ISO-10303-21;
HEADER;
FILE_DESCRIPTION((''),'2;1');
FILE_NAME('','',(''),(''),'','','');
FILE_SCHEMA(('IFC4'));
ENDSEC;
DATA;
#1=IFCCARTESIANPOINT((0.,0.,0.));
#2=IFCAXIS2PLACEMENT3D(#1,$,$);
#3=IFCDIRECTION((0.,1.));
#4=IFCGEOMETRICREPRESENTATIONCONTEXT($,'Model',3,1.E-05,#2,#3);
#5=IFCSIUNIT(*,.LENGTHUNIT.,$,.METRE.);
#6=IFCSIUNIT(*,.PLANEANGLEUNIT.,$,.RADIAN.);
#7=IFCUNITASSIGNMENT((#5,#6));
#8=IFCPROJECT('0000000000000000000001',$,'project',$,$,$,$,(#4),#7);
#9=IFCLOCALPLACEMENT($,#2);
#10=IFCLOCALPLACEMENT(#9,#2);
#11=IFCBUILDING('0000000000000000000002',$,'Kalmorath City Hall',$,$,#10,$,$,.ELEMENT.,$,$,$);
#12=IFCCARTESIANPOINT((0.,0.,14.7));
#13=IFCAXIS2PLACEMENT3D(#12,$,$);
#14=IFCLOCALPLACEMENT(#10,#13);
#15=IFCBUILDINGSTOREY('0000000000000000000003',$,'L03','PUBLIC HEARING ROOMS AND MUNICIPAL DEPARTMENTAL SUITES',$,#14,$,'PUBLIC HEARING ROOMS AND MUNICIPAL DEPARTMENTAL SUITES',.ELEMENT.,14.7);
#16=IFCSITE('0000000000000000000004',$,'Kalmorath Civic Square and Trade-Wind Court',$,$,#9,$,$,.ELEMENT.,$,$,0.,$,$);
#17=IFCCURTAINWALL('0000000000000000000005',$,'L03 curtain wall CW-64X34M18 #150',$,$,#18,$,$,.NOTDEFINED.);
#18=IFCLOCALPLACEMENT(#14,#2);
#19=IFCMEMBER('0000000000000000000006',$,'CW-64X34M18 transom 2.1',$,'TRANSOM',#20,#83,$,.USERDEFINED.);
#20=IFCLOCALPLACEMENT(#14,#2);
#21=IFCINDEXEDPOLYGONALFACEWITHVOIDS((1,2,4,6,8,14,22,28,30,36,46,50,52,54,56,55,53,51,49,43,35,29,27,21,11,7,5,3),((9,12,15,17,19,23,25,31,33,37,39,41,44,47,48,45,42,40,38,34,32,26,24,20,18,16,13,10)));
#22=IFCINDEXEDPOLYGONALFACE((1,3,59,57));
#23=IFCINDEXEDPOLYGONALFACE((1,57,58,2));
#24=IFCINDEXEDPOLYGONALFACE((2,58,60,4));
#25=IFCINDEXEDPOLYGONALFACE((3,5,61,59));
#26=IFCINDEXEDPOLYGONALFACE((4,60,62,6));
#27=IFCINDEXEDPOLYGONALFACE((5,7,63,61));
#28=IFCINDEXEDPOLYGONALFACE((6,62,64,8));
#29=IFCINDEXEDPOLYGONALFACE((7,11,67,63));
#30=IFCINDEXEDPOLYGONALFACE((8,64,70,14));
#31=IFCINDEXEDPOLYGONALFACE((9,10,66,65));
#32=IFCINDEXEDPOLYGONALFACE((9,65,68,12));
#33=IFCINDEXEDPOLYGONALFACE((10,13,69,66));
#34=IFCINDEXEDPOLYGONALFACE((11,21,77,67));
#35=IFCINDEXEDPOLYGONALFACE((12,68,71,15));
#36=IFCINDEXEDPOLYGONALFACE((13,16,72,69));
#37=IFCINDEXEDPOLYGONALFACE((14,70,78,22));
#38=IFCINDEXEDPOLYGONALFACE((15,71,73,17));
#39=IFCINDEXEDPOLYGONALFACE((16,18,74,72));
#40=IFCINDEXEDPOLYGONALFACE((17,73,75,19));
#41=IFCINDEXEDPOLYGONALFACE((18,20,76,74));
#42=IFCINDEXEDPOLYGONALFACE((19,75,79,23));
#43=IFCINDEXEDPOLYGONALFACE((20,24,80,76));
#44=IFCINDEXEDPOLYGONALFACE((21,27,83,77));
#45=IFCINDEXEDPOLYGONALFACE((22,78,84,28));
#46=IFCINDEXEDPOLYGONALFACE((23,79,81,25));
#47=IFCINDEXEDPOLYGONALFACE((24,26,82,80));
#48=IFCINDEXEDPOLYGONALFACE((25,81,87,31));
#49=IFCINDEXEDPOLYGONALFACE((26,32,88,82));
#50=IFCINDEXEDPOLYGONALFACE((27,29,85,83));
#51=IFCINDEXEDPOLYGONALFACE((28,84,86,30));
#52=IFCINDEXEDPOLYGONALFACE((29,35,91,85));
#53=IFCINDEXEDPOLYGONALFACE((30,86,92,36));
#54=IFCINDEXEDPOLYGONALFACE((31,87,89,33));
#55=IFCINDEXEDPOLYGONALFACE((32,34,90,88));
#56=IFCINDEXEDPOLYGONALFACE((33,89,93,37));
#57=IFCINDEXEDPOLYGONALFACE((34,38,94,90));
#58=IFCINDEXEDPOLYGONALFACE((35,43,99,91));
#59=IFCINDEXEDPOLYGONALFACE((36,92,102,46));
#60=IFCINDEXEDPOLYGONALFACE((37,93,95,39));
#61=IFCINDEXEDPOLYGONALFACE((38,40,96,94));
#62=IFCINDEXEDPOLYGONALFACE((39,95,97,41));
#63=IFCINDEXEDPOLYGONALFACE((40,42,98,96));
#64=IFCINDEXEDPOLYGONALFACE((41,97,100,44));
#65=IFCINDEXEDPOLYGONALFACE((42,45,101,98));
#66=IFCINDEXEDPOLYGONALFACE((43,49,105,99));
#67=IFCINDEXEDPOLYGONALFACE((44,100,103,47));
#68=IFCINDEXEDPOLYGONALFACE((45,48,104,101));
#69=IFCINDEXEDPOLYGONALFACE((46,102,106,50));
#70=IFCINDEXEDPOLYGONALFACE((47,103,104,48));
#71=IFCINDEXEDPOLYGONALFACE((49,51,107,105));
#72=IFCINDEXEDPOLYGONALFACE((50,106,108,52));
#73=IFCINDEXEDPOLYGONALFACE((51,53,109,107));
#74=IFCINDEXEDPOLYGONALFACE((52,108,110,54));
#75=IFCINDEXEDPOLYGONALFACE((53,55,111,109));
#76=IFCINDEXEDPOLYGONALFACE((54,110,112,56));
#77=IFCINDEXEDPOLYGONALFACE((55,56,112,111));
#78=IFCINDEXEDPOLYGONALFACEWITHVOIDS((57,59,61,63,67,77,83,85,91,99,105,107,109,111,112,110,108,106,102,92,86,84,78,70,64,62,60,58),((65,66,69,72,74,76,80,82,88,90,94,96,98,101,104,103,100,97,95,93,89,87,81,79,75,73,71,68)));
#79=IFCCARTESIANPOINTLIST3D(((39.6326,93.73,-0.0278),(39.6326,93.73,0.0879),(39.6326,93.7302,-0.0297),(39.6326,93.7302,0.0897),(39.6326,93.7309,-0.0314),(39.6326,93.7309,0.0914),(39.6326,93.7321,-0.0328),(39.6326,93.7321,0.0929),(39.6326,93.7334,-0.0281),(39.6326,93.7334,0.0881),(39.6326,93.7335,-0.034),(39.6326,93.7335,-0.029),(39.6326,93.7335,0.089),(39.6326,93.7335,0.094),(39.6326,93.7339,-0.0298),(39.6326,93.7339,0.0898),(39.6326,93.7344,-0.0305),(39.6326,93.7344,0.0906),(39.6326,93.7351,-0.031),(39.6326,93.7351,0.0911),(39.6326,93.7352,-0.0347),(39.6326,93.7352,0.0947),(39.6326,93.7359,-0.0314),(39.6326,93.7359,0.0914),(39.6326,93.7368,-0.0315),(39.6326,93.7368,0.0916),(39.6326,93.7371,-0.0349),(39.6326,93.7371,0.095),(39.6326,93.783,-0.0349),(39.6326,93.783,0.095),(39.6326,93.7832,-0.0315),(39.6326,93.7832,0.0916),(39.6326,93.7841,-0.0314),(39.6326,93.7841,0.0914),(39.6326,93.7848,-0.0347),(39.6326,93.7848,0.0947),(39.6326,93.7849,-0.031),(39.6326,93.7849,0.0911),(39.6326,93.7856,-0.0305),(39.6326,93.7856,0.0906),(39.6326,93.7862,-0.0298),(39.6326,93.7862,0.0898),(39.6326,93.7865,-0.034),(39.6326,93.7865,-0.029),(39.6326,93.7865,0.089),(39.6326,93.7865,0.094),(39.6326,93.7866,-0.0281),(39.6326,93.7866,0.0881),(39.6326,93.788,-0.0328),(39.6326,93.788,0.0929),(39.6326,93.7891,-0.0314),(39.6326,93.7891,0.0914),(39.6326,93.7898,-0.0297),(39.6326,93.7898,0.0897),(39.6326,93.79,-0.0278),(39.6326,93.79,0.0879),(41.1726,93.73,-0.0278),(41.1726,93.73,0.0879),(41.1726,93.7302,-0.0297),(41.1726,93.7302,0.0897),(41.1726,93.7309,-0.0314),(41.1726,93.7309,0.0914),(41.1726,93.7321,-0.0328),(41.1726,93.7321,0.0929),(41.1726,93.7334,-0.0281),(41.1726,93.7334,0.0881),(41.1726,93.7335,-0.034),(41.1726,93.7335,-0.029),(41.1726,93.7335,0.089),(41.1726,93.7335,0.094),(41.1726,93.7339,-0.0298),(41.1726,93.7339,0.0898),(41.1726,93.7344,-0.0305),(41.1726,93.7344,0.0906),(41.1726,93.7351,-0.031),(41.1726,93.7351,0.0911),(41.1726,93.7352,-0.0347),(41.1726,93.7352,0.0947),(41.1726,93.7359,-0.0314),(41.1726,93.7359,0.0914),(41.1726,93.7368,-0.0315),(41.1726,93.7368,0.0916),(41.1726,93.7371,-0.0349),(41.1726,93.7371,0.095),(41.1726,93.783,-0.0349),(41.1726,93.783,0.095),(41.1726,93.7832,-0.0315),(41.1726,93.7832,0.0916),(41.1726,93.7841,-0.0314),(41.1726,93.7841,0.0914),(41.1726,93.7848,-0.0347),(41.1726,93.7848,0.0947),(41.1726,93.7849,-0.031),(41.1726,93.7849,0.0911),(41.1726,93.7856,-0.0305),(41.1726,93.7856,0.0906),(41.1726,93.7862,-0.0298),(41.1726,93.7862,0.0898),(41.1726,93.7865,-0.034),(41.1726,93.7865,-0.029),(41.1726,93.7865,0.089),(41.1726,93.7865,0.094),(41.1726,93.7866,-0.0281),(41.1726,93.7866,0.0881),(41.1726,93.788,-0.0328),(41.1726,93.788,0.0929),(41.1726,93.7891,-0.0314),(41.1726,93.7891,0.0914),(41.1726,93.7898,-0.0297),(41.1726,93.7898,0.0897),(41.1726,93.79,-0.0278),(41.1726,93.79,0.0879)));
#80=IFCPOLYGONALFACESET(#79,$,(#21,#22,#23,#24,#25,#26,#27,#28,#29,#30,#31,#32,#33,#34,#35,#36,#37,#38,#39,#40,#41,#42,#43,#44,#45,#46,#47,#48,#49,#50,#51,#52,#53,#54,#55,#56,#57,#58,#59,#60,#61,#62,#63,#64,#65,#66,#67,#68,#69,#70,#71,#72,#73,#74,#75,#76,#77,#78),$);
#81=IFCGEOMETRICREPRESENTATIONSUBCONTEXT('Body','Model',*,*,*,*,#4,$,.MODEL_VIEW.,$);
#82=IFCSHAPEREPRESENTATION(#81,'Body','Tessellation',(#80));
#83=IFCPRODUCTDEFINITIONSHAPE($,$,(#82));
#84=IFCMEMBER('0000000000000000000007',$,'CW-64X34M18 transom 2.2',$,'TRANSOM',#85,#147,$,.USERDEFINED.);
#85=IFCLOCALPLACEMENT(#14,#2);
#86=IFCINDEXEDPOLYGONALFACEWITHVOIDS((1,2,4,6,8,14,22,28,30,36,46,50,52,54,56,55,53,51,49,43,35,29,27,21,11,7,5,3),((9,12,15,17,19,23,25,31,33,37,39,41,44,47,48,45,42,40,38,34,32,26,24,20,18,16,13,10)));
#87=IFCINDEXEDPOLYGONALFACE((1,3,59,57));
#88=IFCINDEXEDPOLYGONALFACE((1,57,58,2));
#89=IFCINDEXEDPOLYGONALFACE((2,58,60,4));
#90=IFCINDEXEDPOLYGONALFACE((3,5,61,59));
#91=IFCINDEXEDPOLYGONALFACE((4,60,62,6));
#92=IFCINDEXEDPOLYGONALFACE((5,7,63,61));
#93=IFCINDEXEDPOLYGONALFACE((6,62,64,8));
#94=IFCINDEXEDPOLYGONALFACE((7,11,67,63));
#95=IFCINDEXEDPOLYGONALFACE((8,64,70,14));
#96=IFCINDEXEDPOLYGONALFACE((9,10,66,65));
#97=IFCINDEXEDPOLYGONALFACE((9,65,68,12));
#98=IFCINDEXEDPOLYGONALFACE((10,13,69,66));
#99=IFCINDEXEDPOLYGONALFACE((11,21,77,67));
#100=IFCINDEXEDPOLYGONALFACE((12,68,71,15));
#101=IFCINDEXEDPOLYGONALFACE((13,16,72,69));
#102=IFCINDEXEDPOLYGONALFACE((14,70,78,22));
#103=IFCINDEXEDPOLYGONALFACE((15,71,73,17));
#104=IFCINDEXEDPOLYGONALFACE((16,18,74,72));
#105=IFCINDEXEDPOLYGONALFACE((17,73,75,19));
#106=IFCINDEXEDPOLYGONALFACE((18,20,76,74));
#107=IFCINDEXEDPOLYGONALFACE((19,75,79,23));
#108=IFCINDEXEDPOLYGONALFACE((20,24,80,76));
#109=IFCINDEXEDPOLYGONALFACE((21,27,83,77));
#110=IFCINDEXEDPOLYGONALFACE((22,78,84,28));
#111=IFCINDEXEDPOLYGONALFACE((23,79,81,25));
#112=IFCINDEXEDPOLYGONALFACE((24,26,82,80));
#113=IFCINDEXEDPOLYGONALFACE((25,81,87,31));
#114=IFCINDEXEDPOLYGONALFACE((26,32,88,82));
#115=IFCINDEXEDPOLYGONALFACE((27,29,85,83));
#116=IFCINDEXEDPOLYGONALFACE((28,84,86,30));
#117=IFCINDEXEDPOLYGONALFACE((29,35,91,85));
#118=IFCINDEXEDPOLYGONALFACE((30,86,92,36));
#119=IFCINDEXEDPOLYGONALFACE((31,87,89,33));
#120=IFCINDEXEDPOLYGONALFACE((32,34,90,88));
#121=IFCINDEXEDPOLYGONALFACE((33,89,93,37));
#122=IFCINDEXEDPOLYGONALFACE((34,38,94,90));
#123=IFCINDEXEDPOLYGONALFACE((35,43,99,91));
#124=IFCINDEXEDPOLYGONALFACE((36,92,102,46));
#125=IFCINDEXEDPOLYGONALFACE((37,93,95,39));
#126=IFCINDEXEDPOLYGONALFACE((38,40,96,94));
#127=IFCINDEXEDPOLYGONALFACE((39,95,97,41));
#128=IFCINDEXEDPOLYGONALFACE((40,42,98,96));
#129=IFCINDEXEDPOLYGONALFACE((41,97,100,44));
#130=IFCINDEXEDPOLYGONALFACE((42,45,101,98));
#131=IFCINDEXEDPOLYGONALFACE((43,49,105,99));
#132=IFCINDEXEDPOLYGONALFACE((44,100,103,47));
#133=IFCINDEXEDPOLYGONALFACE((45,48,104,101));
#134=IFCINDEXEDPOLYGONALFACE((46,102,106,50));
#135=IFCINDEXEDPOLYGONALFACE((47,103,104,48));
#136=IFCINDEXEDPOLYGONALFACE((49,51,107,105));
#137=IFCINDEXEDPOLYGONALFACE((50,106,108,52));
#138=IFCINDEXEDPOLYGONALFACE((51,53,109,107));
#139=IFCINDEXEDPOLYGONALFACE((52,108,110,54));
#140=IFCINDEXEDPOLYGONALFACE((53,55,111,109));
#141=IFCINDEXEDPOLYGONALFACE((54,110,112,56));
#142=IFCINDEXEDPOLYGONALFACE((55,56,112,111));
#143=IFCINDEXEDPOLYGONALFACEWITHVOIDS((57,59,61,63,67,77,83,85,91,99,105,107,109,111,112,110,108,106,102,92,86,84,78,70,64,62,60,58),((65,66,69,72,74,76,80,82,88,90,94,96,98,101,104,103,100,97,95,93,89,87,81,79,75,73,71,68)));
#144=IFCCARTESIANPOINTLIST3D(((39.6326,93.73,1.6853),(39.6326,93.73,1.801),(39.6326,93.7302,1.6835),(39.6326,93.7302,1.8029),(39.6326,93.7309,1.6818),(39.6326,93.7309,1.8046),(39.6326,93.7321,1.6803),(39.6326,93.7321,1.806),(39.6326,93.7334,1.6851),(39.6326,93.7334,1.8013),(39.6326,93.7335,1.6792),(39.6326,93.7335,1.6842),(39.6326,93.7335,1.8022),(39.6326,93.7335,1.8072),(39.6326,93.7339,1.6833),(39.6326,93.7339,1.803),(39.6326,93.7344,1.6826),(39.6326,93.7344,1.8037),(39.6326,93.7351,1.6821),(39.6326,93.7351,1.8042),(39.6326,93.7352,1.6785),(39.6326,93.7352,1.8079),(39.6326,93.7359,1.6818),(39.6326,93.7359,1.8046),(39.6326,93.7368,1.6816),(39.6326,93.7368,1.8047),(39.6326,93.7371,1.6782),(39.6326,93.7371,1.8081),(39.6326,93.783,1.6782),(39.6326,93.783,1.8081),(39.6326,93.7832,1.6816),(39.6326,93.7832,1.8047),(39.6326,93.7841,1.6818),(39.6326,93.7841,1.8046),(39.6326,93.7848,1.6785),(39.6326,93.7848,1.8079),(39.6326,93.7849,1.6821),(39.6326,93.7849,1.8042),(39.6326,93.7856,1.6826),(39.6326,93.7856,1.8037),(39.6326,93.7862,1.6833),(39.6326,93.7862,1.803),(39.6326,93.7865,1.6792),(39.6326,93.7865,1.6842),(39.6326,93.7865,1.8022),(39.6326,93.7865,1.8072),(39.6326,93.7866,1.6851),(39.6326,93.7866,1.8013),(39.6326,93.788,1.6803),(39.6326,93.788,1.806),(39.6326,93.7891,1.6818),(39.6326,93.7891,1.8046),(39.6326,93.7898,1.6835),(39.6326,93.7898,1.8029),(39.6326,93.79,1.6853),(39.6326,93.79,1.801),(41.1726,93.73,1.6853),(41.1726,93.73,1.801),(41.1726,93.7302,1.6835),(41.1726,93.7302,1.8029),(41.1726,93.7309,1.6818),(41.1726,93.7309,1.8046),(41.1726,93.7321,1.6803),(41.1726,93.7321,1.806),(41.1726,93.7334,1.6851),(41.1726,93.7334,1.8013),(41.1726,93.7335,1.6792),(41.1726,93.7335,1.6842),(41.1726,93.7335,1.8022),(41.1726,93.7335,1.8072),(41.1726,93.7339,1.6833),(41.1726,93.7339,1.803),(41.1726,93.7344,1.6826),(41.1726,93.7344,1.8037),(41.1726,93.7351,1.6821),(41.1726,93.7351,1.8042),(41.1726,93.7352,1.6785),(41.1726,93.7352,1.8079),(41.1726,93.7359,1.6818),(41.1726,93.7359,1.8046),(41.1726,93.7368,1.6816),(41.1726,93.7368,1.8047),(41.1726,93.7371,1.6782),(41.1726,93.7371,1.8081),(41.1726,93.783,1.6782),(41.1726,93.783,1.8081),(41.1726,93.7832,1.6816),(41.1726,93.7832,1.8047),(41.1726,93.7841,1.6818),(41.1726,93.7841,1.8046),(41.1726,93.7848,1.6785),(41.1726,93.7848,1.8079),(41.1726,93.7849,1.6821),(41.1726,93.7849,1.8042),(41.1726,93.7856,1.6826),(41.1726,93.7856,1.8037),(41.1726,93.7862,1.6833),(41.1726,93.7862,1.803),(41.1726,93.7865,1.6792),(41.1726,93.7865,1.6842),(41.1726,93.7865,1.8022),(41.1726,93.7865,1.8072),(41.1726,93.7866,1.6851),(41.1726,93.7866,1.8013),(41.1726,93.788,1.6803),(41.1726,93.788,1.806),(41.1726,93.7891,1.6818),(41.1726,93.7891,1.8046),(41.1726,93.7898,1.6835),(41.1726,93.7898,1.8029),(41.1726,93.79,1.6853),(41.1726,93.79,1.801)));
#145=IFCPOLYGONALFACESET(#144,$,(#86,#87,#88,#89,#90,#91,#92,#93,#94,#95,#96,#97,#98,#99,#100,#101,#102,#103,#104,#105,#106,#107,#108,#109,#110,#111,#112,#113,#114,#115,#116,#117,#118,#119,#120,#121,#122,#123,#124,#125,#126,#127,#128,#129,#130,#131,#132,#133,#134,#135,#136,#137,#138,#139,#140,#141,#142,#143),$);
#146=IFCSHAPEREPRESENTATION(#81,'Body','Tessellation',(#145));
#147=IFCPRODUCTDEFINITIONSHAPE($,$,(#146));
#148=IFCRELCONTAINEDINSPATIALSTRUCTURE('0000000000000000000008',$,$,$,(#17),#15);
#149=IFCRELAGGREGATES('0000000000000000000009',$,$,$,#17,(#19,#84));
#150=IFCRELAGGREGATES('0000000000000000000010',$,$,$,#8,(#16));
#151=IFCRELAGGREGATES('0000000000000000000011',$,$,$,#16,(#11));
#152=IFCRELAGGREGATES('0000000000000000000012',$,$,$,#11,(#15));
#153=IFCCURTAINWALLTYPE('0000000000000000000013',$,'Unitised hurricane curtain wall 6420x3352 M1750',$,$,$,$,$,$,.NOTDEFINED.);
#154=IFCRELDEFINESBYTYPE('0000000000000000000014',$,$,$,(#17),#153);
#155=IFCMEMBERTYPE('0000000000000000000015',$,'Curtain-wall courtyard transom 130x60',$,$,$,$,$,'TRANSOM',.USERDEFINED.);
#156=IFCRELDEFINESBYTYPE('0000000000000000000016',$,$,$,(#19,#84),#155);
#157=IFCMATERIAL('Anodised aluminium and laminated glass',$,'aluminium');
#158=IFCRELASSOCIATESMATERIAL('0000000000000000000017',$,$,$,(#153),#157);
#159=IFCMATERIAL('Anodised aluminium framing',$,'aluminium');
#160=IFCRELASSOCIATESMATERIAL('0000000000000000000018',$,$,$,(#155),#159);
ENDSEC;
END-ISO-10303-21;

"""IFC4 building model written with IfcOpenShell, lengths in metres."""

from ifc_helpers import new_model, si_unit, direction, frame, origin, origin_2d, place, context, subcontext, project, spatial, hollow_rectangle, extrude, material, material_profile, profile_set, type_object, element, aggregate, save


model = new_model("IFC4")

# Units and contexts
model_context = context("Model", 3, precision=1e-05, world=origin(), true_north=direction((0.0, 1.0)))
body_context = subcontext(model_context, "Body", "Model", "MODEL_VIEW")
ifc_project = project(units=[si_unit("LENGTHUNIT", "METRE"), si_unit("PLANEANGLEUNIT", "RADIAN")], contexts=[model_context])

# Site, building, storey
site_placement = place(None, origin())
site = spatial("IfcSite", under=ifc_project, at=site_placement, Name="Kalmorath Civic Square and Trade-Wind Court", CompositionType="ELEMENT", RefElevation=0.0)
building_placement = place(site_placement, origin())
building = spatial("IfcBuilding", under=site, at=building_placement, Name="Kalmorath City Hall", CompositionType="ELEMENT")
storey_placement = place(building_placement, frame((0.0, 0.0, 14.7)))
storey = spatial("IfcBuildingStorey", under=building, at=storey_placement, Name="L03", Description="PUBLIC HEARING ROOMS AND MUNICIPAL DEPARTMENTAL SUITES", LongName="PUBLIC HEARING ROOMS AND MUNICIPAL DEPARTMENTAL SUITES", CompositionType="ELEMENT", Elevation=14.7)

# Curtain wall, members
ifc_material_1 = material(Name="Anodised aluminium and laminated glass", Category="aluminium")
curtain_wall_type = type_object("IfcCurtainWallType", Name="Unitised hurricane curtain wall 6420x3352 M1750", PredefinedType="NOTDEFINED", material=ifc_material_1)
curtain_wall_placement = place(storey_placement, origin())
curtain_wall = element("IfcCurtainWall", 1, at=curtain_wall_placement, inside=storey, type_object=curtain_wall_type, Name="L03 curtain wall CW-64X34M18 #150", PredefinedType="NOTDEFINED")
ifc_material_2 = material(Name="Anodised aluminium framing", Category="aluminium")
ifc_material_profile_1 = material_profile(ifc_material_2, hollow_rectangle(XDim=0.0601, YDim=0.1299, WallThickness=0.0034, InnerFilletRadius=0.0034, OuterFilletRadius=0.0071, at=origin_2d()), Name="ALU-TRN-130X60X3.5")
ifc_profile_set_1 = profile_set([ifc_material_profile_1], Name="Anodised aluminium framing")
member_type_1 = type_object("IfcMemberType", Name="Curtain-wall courtyard transom 130x60", ElementType="TRANSOM", PredefinedType="USERDEFINED", material=ifc_profile_set_1)
member_1_placement = place(storey_placement, frame((41.1726, 93.76, 0.03), z_axis=(-1.0, 0.0, 0.0), x_axis=(0.0, -1.0, 0.0)))
member_1 = element("IfcMember", 2, at=member_1_placement, type_object=member_type_1, Name="CW-64X34M18 transom 2.1", ObjectType="TRANSOM", PredefinedType="USERDEFINED", context=body_context, shape_type="SweptSolid", body=[
    extrude(hollow_rectangle(XDim=0.0601, YDim=0.1299, WallThickness=0.0034, InnerFilletRadius=0.0034, OuterFilletRadius=0.0071, at=origin_2d()), origin(), (0.0, 0.0, 1.0), 1.54),
])
member_2_placement = place(storey_placement, frame((41.1726, 93.76, 1.7432), z_axis=(-1.0, 0.0, 0.0), x_axis=(0.0, -1.0, 0.0)))
member_2 = element("IfcMember", 3, at=member_2_placement, type_object=member_type_1, Name="CW-64X34M18 transom 2.2", ObjectType="TRANSOM", PredefinedType="USERDEFINED", context=body_context, shape_type="SweptSolid", body=[
    extrude(hollow_rectangle(XDim=0.0601, YDim=0.1299, WallThickness=0.0034, InnerFilletRadius=0.0034, OuterFilletRadius=0.0071, at=origin_2d()), origin(), (0.0, 0.0, 1.0), 1.54),
])
aggregate(curtain_wall, [member_1, member_2])

save(model, "model.ifc")
